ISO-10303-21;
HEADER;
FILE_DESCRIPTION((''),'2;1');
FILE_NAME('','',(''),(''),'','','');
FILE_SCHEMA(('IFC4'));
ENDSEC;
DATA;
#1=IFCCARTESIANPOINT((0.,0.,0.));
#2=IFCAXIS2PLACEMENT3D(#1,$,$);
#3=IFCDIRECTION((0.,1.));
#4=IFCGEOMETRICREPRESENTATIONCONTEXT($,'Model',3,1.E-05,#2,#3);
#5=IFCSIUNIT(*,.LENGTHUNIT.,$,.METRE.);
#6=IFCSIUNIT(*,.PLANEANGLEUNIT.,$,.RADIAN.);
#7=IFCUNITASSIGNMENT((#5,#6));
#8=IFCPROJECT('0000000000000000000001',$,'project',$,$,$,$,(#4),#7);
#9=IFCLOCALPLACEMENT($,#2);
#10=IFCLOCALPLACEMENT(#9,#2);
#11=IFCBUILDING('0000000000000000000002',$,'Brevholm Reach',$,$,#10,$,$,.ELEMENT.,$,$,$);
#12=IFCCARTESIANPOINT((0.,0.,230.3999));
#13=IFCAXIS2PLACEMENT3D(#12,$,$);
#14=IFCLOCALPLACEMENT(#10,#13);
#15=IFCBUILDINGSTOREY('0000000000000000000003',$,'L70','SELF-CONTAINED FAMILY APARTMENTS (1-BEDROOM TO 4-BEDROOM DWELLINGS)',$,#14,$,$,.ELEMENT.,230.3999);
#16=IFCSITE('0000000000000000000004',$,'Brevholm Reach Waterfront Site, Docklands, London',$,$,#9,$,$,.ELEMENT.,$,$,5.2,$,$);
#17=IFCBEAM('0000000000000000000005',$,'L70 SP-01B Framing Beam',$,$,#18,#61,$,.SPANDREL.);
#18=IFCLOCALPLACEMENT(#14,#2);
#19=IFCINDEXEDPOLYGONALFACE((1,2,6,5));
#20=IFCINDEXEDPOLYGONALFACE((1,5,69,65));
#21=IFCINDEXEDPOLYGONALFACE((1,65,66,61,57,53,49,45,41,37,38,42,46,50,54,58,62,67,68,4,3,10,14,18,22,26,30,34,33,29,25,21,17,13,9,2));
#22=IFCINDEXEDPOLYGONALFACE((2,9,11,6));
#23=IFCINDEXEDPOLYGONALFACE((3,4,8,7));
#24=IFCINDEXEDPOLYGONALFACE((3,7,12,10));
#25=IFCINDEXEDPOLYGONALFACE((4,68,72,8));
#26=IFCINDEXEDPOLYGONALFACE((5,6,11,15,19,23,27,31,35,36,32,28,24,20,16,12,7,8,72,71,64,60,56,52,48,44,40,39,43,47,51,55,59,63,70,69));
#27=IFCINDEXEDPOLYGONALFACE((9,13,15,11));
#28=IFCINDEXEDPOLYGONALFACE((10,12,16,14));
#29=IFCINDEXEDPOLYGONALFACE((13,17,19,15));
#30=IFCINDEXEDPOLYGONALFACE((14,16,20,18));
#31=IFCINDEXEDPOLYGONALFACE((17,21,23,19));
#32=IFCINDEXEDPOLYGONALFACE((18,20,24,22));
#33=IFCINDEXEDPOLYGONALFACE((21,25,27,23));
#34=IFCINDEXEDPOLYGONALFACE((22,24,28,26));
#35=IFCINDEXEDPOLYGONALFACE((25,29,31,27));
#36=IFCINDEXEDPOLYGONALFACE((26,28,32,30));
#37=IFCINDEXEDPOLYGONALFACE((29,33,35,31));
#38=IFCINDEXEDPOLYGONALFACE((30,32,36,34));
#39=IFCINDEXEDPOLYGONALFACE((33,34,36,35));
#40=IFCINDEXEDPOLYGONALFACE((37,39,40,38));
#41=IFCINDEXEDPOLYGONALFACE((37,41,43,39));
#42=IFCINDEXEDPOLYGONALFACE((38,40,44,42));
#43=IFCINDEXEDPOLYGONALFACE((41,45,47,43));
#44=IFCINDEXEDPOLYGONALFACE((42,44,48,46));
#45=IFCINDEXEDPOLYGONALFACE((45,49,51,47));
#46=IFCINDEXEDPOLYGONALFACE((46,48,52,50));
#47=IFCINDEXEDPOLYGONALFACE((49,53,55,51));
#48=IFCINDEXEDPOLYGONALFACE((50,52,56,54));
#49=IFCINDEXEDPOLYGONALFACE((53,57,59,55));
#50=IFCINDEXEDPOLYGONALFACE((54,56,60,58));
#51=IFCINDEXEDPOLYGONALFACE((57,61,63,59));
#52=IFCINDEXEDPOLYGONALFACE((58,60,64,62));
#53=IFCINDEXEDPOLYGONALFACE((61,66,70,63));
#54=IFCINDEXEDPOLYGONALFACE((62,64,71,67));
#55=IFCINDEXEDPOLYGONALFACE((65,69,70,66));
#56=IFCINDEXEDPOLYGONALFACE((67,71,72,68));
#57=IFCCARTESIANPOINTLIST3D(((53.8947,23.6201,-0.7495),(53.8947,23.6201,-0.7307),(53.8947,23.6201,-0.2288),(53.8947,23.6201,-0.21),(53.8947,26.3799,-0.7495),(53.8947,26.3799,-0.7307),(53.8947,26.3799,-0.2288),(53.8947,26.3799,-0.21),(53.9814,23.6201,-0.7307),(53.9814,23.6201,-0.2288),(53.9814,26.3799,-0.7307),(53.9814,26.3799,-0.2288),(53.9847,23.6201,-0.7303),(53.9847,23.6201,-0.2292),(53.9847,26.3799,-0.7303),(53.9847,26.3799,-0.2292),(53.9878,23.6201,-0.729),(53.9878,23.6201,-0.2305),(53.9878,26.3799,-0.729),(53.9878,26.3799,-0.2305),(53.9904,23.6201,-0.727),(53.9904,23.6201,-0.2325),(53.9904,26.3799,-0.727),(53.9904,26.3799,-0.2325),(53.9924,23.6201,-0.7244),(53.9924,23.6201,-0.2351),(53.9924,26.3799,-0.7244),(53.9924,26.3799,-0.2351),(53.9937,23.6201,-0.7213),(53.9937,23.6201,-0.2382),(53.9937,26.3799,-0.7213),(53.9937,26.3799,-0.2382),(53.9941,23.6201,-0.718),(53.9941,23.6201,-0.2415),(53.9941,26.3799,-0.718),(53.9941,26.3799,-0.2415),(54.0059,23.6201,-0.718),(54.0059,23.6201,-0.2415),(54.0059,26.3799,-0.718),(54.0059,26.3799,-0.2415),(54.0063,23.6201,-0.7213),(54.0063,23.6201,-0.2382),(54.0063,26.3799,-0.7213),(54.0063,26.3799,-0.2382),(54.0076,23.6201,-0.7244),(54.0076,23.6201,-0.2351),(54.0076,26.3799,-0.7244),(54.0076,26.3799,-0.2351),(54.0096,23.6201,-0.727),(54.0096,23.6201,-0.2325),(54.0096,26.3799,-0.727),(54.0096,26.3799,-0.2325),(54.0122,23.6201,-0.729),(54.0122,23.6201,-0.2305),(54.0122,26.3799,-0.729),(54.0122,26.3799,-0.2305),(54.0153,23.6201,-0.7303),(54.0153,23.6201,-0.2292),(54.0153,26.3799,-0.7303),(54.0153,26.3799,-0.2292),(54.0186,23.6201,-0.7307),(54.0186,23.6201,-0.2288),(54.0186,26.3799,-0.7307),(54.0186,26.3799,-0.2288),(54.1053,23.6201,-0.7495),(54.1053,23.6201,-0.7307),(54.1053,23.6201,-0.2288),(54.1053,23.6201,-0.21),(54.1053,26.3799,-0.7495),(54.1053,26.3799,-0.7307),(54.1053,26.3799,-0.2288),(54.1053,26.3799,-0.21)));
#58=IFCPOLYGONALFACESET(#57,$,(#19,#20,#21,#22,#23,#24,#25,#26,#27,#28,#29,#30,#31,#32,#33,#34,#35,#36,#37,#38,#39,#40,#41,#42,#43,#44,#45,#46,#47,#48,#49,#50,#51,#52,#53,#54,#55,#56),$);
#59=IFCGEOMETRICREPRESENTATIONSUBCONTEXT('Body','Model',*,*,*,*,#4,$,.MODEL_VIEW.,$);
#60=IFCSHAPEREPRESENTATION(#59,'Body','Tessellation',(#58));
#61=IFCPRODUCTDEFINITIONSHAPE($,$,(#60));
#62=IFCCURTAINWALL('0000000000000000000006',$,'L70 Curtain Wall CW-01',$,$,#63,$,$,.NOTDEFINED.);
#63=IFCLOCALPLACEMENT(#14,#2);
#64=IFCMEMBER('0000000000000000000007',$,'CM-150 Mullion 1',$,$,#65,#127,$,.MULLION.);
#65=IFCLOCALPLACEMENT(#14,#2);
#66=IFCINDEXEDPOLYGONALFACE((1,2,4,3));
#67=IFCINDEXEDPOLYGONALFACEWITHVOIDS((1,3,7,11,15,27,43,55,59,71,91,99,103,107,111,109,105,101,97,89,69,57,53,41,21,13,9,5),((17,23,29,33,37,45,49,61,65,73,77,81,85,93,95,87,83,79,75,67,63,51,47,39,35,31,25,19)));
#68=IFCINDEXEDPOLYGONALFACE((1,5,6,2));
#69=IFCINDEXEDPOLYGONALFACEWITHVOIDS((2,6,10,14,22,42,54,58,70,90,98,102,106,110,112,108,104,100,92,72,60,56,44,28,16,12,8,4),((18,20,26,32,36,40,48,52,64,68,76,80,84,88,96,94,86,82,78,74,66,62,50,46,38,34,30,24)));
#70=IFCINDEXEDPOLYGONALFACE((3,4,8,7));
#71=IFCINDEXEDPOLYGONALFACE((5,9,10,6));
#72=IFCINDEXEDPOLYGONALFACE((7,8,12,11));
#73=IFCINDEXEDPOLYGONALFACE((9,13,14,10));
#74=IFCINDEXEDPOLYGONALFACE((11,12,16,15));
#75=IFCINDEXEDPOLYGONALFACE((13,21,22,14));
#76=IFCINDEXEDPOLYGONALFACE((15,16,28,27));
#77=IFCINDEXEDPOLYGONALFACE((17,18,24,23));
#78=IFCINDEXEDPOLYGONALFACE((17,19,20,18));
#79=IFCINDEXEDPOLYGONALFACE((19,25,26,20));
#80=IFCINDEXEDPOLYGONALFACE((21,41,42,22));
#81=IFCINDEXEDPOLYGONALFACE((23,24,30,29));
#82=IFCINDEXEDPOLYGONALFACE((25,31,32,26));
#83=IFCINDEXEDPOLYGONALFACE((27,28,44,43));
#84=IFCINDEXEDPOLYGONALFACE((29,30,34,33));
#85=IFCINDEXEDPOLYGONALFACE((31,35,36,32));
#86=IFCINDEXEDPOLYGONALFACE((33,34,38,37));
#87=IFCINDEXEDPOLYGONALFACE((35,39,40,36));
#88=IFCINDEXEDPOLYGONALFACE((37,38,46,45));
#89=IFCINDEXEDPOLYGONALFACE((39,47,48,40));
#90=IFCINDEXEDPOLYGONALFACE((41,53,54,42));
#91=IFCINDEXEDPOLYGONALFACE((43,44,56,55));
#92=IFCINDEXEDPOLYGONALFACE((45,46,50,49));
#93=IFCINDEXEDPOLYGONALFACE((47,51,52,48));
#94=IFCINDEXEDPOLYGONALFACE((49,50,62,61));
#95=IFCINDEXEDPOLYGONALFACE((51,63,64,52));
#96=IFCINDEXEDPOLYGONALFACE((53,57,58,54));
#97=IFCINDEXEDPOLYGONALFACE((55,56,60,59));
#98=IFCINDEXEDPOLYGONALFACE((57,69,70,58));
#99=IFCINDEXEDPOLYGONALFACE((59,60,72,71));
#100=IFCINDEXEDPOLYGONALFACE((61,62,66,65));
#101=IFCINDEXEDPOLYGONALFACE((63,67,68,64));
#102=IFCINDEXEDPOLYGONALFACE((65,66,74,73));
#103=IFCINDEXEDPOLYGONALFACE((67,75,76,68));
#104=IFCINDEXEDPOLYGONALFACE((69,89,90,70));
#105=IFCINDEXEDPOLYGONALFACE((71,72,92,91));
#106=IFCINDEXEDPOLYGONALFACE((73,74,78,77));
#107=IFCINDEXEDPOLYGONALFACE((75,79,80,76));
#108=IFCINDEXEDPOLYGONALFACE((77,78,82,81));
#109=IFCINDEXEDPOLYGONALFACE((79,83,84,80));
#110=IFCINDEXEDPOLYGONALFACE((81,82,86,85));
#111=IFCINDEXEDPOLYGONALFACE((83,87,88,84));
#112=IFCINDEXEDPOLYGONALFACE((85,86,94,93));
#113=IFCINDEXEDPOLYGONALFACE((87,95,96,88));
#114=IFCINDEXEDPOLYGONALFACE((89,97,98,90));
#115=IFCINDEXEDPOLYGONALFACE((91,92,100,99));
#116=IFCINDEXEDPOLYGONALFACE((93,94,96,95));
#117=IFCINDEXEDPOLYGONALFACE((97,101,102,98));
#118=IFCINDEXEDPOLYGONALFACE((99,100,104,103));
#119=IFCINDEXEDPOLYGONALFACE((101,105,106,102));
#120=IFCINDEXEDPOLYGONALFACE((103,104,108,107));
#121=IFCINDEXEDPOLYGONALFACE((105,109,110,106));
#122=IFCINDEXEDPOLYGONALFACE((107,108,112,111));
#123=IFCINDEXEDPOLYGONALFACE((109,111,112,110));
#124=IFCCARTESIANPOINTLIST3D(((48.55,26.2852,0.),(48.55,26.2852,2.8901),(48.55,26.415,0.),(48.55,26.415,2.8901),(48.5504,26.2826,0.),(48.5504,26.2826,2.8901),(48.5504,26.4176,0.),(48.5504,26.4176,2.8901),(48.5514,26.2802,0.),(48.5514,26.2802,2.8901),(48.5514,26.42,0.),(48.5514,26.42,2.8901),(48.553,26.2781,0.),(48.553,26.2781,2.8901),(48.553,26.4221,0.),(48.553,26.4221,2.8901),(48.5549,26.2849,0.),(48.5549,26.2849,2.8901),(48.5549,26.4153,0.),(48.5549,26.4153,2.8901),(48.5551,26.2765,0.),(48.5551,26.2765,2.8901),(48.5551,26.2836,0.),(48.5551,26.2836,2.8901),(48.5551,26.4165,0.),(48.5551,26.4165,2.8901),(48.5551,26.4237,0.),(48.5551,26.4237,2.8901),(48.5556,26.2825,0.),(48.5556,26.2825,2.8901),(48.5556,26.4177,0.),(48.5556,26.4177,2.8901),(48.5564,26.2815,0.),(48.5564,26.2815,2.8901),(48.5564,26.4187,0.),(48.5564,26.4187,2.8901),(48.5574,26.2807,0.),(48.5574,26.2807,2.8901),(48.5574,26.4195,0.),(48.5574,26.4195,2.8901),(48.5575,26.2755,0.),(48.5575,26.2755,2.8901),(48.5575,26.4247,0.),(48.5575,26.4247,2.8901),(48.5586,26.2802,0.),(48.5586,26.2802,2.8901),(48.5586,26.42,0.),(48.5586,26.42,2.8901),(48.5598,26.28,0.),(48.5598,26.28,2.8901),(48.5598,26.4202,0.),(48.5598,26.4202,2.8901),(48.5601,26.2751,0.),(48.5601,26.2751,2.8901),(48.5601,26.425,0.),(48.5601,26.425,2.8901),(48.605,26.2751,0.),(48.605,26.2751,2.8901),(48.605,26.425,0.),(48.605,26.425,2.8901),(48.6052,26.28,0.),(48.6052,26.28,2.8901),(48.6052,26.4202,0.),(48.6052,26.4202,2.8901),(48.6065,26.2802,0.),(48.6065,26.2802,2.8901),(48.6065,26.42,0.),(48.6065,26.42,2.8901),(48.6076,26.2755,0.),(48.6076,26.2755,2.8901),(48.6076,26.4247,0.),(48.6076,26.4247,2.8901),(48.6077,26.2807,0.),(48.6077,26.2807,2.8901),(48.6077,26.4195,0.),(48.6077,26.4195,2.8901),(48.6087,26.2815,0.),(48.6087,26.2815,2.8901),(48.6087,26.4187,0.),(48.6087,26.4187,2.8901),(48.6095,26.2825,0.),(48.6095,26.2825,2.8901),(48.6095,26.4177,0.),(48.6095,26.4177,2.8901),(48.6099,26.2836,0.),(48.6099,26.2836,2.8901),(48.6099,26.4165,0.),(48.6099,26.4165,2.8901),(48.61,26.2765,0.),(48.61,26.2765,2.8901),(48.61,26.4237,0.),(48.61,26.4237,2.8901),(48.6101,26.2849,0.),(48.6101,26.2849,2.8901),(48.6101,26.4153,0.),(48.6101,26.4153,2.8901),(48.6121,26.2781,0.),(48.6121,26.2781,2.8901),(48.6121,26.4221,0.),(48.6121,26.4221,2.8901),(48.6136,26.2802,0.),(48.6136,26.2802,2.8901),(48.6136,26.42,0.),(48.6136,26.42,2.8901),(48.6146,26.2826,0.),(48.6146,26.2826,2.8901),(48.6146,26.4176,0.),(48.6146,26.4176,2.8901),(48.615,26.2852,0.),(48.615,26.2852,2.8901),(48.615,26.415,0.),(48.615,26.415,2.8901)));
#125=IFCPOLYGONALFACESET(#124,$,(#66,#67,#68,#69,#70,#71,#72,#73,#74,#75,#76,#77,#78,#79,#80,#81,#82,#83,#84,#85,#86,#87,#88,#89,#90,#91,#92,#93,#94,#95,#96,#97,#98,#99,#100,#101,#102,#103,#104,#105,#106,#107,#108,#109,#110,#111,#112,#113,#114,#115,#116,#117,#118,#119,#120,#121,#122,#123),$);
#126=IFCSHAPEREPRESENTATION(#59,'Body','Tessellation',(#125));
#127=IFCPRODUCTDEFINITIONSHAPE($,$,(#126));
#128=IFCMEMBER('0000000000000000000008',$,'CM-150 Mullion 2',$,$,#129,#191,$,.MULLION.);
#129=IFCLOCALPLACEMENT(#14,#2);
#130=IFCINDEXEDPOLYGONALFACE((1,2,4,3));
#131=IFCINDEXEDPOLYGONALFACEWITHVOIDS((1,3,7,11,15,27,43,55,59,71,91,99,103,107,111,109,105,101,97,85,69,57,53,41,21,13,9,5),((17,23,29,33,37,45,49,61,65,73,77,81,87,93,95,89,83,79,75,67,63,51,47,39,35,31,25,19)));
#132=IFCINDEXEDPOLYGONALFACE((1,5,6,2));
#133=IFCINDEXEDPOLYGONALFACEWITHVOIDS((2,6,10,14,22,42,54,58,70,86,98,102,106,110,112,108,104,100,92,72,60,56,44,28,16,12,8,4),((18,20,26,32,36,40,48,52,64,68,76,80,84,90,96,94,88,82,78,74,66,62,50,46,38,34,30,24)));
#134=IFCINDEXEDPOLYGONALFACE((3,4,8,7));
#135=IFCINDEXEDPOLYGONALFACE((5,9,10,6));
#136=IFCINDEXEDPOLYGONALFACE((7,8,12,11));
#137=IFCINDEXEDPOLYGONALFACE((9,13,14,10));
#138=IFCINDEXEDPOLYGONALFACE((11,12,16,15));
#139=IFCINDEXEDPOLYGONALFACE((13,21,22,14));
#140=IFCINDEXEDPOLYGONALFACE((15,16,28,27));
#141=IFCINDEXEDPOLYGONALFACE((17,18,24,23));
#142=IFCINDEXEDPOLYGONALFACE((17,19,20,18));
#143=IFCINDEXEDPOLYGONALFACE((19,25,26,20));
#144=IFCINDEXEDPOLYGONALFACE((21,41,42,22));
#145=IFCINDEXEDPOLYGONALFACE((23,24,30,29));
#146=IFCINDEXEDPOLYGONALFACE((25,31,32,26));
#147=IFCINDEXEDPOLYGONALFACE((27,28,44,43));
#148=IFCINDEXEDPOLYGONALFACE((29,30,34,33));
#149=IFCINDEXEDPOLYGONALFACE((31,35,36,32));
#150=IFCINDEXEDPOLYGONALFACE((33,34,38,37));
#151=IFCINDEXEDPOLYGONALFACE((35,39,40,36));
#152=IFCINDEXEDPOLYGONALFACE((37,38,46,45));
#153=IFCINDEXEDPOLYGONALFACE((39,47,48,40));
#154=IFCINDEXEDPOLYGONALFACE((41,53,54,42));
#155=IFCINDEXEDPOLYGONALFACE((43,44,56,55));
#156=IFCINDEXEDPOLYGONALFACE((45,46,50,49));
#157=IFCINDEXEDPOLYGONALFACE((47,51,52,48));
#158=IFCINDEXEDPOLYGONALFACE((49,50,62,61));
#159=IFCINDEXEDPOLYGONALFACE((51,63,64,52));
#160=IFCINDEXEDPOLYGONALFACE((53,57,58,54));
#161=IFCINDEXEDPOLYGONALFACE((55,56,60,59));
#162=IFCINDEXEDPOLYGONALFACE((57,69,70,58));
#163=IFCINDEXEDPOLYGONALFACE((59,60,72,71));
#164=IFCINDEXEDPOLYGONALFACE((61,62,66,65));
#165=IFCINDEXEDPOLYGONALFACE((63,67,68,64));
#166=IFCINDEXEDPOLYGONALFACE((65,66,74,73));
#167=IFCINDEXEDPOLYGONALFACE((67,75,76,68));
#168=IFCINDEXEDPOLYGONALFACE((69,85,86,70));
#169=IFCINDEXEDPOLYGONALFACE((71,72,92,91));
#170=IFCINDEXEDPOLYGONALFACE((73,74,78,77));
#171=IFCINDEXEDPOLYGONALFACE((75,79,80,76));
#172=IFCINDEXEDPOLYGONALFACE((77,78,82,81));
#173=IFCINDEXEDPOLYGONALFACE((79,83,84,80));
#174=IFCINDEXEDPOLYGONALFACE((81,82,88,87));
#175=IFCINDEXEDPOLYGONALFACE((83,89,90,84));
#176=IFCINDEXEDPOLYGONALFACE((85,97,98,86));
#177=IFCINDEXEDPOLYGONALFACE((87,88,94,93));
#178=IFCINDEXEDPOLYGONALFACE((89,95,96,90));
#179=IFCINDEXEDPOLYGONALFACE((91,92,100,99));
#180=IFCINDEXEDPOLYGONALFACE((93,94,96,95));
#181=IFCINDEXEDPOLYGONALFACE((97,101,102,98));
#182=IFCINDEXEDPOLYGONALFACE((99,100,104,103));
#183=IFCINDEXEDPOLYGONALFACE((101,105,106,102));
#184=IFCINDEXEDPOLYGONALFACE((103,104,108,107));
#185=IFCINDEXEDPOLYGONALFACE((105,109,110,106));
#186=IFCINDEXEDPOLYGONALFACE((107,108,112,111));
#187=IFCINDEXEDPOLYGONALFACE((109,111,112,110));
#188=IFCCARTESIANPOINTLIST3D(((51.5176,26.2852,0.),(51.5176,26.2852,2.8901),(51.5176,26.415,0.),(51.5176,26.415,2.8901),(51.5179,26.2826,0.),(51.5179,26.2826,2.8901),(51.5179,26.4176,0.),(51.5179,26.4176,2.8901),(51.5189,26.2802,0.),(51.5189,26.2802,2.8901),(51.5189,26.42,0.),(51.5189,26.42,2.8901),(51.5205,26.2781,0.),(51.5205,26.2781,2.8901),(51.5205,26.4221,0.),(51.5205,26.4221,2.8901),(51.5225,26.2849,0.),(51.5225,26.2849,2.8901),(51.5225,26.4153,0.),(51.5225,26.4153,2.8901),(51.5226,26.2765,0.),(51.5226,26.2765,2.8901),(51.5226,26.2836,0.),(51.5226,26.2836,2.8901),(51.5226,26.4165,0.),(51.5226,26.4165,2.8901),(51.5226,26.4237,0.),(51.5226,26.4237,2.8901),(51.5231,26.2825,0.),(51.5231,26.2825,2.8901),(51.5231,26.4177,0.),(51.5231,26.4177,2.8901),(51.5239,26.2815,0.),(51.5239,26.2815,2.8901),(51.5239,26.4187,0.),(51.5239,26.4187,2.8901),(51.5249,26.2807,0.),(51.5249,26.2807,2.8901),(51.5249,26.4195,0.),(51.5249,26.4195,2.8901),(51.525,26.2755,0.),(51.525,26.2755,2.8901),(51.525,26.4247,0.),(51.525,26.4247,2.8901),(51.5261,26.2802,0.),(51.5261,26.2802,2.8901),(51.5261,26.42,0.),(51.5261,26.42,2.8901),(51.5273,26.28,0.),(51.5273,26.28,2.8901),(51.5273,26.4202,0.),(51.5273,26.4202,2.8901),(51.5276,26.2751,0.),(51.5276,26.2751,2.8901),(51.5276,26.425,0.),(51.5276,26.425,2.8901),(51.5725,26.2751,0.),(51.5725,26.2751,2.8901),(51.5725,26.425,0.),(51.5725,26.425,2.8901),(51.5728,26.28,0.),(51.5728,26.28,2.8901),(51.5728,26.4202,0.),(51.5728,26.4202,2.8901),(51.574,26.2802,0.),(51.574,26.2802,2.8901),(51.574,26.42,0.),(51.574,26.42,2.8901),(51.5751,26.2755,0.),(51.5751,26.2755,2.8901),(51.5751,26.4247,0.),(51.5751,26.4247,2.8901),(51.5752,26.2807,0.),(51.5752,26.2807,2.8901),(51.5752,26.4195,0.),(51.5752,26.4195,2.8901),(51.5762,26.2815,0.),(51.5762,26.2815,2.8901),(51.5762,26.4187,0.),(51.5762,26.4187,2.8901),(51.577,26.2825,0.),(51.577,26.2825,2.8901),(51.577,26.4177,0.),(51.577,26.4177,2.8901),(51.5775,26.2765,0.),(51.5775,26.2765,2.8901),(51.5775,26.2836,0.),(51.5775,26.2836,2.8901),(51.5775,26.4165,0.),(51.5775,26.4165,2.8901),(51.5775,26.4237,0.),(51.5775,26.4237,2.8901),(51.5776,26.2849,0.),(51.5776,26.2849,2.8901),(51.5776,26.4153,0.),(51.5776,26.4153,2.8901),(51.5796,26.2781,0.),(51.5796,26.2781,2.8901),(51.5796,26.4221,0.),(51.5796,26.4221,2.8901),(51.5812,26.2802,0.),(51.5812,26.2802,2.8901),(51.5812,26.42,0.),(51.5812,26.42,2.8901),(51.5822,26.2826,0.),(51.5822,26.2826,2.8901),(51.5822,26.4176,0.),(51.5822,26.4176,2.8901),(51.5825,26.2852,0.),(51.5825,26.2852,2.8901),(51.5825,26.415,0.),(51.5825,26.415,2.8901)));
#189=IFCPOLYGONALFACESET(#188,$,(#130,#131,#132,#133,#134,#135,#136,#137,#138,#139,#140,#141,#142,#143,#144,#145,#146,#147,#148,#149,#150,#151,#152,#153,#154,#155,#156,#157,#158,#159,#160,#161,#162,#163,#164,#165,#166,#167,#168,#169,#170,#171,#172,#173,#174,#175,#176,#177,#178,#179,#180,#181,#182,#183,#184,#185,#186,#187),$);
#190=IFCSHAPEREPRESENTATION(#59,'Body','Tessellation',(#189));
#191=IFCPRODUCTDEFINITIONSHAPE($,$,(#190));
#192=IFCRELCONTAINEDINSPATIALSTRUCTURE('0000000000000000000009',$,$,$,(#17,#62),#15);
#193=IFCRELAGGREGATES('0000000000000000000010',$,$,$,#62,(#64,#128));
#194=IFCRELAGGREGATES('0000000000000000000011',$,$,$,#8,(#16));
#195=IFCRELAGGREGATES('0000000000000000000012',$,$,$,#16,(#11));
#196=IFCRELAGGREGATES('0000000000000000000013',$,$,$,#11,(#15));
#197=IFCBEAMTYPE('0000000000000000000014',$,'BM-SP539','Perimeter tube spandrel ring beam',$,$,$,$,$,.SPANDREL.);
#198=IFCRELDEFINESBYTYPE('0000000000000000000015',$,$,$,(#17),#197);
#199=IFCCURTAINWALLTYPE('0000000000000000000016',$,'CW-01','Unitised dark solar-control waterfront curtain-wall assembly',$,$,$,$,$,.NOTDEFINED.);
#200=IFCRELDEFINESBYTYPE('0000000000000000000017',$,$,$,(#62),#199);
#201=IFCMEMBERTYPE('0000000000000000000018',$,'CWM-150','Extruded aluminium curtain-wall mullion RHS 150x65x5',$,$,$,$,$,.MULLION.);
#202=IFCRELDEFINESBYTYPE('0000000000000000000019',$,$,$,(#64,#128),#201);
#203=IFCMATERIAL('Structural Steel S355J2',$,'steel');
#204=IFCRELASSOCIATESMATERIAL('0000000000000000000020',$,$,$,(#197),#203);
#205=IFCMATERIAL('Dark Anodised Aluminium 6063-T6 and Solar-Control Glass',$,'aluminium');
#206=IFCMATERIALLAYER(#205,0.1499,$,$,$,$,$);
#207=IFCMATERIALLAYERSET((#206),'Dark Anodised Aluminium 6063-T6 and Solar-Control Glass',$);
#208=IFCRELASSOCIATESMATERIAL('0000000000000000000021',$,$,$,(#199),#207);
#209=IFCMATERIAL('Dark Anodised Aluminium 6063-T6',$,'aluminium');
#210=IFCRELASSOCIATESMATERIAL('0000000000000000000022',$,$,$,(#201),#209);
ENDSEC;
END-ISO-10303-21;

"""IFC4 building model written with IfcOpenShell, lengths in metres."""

from ifc_helpers import new_model, si_unit, direction, frame, origin, origin_2d, place, context, subcontext, project, spatial, hollow_rectangle, i_section, extrude, material, layer, layer_set, material_profile, profile_set, type_object, element, aggregate, save


model = new_model("IFC4")

# Units and contexts
model_context = context("Model", 3, precision=1e-05, world=origin(), true_north=direction((0.0, 1.0)))
body_context = subcontext(model_context, "Body", "Model", "MODEL_VIEW")
ifc_project = project(units=[si_unit("LENGTHUNIT", "METRE"), si_unit("PLANEANGLEUNIT", "RADIAN")], contexts=[model_context])

# Site, building, storey
site_placement = place(None, origin())
site = spatial("IfcSite", under=ifc_project, at=site_placement, Name="Brevholm Reach Waterfront Site, Docklands, London", CompositionType="ELEMENT", RefElevation=5.2)
building_placement = place(site_placement, origin())
building = spatial("IfcBuilding", under=site, at=building_placement, Name="Brevholm Reach", CompositionType="ELEMENT")
storey_placement = place(building_placement, frame((0.0, 0.0, 230.3999)))
storey = spatial("IfcBuildingStorey", under=building, at=storey_placement, Name="L70", Description="SELF-CONTAINED FAMILY APARTMENTS (1-BEDROOM TO 4-BEDROOM DWELLINGS)", CompositionType="ELEMENT", Elevation=230.3999)

# Beam
ifc_material_1 = material(Name="Structural Steel S355J2", Category="steel")
ifc_material_profile_1 = material_profile(ifc_material_1, i_section(OverallWidth=0.2107, OverallDepth=0.5396, WebThickness=0.0117, FlangeThickness=0.0188, FilletRadius=0.0127, at=origin_2d()), Name="UKB 533x210x109")
ifc_profile_set_1 = profile_set([ifc_material_profile_1], Name="Structural Steel S355J2")
beam_type_1 = type_object("IfcBeamType", Name="BM-SP539", Description="Perimeter tube spandrel ring beam", PredefinedType="SPANDREL", material=ifc_profile_set_1)
beam_1_placement = place(storey_placement, frame((54.0, 23.6201, -0.4797), z_axis=(0.0, 1.0, 0.0), x_axis=(-1.0, 0.0, 0.0)))
element("IfcBeam", 1, at=beam_1_placement, inside=storey, type_object=beam_type_1, Name="L70 SP-01B Framing Beam", PredefinedType="SPANDREL", context=body_context, shape_type="SweptSolid", body=[
    extrude(i_section(OverallWidth=0.2107, OverallDepth=0.5396, WebThickness=0.0117, FlangeThickness=0.0188, FilletRadius=0.0127, at=origin_2d()), origin(), (0.0, 0.0, 1.0), 2.7598),
])

# Curtain wall, members
ifc_material_2 = material(Name="Dark Anodised Aluminium 6063-T6 and Solar-Control Glass", Category="aluminium")
ifc_layer_1 = layer(ifc_material_2, 0.1499)
ifc_layer_set_1 = layer_set([ifc_layer_1], Name="Dark Anodised Aluminium 6063-T6 and Solar-Control Glass")
curtain_wall_type = type_object("IfcCurtainWallType", Name="CW-01", Description="Unitised dark solar-control waterfront curtain-wall assembly", PredefinedType="NOTDEFINED", material=ifc_layer_set_1)
curtain_wall_placement = place(storey_placement, origin())
curtain_wall = element("IfcCurtainWall", 2, at=curtain_wall_placement, inside=storey, type_object=curtain_wall_type, Name="L70 Curtain Wall CW-01", PredefinedType="NOTDEFINED")
ifc_material_3 = material(Name="Dark Anodised Aluminium 6063-T6", Category="aluminium")
ifc_material_profile_2 = material_profile(ifc_material_3, hollow_rectangle(XDim=0.0649, YDim=0.1499, WallThickness=0.0049, InnerFilletRadius=0.0049, OuterFilletRadius=0.01, at=origin_2d()), Name="RHS 150x65x5")
ifc_profile_set_2 = profile_set([ifc_material_profile_2], Name="Dark Anodised Aluminium 6063-T6")
member_type_1 = type_object("IfcMemberType", Name="CWM-150", Description="Extruded aluminium curtain-wall mullion RHS 150x65x5", PredefinedType="MULLION", material=ifc_profile_set_2)
member_1_placement = place(storey_placement, frame((48.5825, 26.3501, 0.0), z_axis=(0.0, 0.0, 1.0), x_axis=(1.0, 0.0, 0.0)))
member_1 = element("IfcMember", 3, at=member_1_placement, type_object=member_type_1, Name="CM-150 Mullion 1", PredefinedType="MULLION", context=body_context, shape_type="SweptSolid", body=[
    extrude(hollow_rectangle(XDim=0.0649, YDim=0.1499, WallThickness=0.0049, InnerFilletRadius=0.0049, OuterFilletRadius=0.01, at=origin_2d()), origin(), (0.0, 0.0, 1.0), 2.8901),
])
member_2_placement = place(storey_placement, frame((51.55, 26.3501, 0.0), z_axis=(0.0, 0.0, 1.0), x_axis=(1.0, 0.0, 0.0)))
member_2 = element("IfcMember", 4, at=member_2_placement, type_object=member_type_1, Name="CM-150 Mullion 2", PredefinedType="MULLION", context=body_context, shape_type="SweptSolid", body=[
    extrude(hollow_rectangle(XDim=0.0649, YDim=0.1499, WallThickness=0.0049, InnerFilletRadius=0.0049, OuterFilletRadius=0.01, at=origin_2d()), origin(), (0.0, 0.0, 1.0), 2.8901),
])
aggregate(curtain_wall, [member_1, member_2])

save(model, "model.ifc")
